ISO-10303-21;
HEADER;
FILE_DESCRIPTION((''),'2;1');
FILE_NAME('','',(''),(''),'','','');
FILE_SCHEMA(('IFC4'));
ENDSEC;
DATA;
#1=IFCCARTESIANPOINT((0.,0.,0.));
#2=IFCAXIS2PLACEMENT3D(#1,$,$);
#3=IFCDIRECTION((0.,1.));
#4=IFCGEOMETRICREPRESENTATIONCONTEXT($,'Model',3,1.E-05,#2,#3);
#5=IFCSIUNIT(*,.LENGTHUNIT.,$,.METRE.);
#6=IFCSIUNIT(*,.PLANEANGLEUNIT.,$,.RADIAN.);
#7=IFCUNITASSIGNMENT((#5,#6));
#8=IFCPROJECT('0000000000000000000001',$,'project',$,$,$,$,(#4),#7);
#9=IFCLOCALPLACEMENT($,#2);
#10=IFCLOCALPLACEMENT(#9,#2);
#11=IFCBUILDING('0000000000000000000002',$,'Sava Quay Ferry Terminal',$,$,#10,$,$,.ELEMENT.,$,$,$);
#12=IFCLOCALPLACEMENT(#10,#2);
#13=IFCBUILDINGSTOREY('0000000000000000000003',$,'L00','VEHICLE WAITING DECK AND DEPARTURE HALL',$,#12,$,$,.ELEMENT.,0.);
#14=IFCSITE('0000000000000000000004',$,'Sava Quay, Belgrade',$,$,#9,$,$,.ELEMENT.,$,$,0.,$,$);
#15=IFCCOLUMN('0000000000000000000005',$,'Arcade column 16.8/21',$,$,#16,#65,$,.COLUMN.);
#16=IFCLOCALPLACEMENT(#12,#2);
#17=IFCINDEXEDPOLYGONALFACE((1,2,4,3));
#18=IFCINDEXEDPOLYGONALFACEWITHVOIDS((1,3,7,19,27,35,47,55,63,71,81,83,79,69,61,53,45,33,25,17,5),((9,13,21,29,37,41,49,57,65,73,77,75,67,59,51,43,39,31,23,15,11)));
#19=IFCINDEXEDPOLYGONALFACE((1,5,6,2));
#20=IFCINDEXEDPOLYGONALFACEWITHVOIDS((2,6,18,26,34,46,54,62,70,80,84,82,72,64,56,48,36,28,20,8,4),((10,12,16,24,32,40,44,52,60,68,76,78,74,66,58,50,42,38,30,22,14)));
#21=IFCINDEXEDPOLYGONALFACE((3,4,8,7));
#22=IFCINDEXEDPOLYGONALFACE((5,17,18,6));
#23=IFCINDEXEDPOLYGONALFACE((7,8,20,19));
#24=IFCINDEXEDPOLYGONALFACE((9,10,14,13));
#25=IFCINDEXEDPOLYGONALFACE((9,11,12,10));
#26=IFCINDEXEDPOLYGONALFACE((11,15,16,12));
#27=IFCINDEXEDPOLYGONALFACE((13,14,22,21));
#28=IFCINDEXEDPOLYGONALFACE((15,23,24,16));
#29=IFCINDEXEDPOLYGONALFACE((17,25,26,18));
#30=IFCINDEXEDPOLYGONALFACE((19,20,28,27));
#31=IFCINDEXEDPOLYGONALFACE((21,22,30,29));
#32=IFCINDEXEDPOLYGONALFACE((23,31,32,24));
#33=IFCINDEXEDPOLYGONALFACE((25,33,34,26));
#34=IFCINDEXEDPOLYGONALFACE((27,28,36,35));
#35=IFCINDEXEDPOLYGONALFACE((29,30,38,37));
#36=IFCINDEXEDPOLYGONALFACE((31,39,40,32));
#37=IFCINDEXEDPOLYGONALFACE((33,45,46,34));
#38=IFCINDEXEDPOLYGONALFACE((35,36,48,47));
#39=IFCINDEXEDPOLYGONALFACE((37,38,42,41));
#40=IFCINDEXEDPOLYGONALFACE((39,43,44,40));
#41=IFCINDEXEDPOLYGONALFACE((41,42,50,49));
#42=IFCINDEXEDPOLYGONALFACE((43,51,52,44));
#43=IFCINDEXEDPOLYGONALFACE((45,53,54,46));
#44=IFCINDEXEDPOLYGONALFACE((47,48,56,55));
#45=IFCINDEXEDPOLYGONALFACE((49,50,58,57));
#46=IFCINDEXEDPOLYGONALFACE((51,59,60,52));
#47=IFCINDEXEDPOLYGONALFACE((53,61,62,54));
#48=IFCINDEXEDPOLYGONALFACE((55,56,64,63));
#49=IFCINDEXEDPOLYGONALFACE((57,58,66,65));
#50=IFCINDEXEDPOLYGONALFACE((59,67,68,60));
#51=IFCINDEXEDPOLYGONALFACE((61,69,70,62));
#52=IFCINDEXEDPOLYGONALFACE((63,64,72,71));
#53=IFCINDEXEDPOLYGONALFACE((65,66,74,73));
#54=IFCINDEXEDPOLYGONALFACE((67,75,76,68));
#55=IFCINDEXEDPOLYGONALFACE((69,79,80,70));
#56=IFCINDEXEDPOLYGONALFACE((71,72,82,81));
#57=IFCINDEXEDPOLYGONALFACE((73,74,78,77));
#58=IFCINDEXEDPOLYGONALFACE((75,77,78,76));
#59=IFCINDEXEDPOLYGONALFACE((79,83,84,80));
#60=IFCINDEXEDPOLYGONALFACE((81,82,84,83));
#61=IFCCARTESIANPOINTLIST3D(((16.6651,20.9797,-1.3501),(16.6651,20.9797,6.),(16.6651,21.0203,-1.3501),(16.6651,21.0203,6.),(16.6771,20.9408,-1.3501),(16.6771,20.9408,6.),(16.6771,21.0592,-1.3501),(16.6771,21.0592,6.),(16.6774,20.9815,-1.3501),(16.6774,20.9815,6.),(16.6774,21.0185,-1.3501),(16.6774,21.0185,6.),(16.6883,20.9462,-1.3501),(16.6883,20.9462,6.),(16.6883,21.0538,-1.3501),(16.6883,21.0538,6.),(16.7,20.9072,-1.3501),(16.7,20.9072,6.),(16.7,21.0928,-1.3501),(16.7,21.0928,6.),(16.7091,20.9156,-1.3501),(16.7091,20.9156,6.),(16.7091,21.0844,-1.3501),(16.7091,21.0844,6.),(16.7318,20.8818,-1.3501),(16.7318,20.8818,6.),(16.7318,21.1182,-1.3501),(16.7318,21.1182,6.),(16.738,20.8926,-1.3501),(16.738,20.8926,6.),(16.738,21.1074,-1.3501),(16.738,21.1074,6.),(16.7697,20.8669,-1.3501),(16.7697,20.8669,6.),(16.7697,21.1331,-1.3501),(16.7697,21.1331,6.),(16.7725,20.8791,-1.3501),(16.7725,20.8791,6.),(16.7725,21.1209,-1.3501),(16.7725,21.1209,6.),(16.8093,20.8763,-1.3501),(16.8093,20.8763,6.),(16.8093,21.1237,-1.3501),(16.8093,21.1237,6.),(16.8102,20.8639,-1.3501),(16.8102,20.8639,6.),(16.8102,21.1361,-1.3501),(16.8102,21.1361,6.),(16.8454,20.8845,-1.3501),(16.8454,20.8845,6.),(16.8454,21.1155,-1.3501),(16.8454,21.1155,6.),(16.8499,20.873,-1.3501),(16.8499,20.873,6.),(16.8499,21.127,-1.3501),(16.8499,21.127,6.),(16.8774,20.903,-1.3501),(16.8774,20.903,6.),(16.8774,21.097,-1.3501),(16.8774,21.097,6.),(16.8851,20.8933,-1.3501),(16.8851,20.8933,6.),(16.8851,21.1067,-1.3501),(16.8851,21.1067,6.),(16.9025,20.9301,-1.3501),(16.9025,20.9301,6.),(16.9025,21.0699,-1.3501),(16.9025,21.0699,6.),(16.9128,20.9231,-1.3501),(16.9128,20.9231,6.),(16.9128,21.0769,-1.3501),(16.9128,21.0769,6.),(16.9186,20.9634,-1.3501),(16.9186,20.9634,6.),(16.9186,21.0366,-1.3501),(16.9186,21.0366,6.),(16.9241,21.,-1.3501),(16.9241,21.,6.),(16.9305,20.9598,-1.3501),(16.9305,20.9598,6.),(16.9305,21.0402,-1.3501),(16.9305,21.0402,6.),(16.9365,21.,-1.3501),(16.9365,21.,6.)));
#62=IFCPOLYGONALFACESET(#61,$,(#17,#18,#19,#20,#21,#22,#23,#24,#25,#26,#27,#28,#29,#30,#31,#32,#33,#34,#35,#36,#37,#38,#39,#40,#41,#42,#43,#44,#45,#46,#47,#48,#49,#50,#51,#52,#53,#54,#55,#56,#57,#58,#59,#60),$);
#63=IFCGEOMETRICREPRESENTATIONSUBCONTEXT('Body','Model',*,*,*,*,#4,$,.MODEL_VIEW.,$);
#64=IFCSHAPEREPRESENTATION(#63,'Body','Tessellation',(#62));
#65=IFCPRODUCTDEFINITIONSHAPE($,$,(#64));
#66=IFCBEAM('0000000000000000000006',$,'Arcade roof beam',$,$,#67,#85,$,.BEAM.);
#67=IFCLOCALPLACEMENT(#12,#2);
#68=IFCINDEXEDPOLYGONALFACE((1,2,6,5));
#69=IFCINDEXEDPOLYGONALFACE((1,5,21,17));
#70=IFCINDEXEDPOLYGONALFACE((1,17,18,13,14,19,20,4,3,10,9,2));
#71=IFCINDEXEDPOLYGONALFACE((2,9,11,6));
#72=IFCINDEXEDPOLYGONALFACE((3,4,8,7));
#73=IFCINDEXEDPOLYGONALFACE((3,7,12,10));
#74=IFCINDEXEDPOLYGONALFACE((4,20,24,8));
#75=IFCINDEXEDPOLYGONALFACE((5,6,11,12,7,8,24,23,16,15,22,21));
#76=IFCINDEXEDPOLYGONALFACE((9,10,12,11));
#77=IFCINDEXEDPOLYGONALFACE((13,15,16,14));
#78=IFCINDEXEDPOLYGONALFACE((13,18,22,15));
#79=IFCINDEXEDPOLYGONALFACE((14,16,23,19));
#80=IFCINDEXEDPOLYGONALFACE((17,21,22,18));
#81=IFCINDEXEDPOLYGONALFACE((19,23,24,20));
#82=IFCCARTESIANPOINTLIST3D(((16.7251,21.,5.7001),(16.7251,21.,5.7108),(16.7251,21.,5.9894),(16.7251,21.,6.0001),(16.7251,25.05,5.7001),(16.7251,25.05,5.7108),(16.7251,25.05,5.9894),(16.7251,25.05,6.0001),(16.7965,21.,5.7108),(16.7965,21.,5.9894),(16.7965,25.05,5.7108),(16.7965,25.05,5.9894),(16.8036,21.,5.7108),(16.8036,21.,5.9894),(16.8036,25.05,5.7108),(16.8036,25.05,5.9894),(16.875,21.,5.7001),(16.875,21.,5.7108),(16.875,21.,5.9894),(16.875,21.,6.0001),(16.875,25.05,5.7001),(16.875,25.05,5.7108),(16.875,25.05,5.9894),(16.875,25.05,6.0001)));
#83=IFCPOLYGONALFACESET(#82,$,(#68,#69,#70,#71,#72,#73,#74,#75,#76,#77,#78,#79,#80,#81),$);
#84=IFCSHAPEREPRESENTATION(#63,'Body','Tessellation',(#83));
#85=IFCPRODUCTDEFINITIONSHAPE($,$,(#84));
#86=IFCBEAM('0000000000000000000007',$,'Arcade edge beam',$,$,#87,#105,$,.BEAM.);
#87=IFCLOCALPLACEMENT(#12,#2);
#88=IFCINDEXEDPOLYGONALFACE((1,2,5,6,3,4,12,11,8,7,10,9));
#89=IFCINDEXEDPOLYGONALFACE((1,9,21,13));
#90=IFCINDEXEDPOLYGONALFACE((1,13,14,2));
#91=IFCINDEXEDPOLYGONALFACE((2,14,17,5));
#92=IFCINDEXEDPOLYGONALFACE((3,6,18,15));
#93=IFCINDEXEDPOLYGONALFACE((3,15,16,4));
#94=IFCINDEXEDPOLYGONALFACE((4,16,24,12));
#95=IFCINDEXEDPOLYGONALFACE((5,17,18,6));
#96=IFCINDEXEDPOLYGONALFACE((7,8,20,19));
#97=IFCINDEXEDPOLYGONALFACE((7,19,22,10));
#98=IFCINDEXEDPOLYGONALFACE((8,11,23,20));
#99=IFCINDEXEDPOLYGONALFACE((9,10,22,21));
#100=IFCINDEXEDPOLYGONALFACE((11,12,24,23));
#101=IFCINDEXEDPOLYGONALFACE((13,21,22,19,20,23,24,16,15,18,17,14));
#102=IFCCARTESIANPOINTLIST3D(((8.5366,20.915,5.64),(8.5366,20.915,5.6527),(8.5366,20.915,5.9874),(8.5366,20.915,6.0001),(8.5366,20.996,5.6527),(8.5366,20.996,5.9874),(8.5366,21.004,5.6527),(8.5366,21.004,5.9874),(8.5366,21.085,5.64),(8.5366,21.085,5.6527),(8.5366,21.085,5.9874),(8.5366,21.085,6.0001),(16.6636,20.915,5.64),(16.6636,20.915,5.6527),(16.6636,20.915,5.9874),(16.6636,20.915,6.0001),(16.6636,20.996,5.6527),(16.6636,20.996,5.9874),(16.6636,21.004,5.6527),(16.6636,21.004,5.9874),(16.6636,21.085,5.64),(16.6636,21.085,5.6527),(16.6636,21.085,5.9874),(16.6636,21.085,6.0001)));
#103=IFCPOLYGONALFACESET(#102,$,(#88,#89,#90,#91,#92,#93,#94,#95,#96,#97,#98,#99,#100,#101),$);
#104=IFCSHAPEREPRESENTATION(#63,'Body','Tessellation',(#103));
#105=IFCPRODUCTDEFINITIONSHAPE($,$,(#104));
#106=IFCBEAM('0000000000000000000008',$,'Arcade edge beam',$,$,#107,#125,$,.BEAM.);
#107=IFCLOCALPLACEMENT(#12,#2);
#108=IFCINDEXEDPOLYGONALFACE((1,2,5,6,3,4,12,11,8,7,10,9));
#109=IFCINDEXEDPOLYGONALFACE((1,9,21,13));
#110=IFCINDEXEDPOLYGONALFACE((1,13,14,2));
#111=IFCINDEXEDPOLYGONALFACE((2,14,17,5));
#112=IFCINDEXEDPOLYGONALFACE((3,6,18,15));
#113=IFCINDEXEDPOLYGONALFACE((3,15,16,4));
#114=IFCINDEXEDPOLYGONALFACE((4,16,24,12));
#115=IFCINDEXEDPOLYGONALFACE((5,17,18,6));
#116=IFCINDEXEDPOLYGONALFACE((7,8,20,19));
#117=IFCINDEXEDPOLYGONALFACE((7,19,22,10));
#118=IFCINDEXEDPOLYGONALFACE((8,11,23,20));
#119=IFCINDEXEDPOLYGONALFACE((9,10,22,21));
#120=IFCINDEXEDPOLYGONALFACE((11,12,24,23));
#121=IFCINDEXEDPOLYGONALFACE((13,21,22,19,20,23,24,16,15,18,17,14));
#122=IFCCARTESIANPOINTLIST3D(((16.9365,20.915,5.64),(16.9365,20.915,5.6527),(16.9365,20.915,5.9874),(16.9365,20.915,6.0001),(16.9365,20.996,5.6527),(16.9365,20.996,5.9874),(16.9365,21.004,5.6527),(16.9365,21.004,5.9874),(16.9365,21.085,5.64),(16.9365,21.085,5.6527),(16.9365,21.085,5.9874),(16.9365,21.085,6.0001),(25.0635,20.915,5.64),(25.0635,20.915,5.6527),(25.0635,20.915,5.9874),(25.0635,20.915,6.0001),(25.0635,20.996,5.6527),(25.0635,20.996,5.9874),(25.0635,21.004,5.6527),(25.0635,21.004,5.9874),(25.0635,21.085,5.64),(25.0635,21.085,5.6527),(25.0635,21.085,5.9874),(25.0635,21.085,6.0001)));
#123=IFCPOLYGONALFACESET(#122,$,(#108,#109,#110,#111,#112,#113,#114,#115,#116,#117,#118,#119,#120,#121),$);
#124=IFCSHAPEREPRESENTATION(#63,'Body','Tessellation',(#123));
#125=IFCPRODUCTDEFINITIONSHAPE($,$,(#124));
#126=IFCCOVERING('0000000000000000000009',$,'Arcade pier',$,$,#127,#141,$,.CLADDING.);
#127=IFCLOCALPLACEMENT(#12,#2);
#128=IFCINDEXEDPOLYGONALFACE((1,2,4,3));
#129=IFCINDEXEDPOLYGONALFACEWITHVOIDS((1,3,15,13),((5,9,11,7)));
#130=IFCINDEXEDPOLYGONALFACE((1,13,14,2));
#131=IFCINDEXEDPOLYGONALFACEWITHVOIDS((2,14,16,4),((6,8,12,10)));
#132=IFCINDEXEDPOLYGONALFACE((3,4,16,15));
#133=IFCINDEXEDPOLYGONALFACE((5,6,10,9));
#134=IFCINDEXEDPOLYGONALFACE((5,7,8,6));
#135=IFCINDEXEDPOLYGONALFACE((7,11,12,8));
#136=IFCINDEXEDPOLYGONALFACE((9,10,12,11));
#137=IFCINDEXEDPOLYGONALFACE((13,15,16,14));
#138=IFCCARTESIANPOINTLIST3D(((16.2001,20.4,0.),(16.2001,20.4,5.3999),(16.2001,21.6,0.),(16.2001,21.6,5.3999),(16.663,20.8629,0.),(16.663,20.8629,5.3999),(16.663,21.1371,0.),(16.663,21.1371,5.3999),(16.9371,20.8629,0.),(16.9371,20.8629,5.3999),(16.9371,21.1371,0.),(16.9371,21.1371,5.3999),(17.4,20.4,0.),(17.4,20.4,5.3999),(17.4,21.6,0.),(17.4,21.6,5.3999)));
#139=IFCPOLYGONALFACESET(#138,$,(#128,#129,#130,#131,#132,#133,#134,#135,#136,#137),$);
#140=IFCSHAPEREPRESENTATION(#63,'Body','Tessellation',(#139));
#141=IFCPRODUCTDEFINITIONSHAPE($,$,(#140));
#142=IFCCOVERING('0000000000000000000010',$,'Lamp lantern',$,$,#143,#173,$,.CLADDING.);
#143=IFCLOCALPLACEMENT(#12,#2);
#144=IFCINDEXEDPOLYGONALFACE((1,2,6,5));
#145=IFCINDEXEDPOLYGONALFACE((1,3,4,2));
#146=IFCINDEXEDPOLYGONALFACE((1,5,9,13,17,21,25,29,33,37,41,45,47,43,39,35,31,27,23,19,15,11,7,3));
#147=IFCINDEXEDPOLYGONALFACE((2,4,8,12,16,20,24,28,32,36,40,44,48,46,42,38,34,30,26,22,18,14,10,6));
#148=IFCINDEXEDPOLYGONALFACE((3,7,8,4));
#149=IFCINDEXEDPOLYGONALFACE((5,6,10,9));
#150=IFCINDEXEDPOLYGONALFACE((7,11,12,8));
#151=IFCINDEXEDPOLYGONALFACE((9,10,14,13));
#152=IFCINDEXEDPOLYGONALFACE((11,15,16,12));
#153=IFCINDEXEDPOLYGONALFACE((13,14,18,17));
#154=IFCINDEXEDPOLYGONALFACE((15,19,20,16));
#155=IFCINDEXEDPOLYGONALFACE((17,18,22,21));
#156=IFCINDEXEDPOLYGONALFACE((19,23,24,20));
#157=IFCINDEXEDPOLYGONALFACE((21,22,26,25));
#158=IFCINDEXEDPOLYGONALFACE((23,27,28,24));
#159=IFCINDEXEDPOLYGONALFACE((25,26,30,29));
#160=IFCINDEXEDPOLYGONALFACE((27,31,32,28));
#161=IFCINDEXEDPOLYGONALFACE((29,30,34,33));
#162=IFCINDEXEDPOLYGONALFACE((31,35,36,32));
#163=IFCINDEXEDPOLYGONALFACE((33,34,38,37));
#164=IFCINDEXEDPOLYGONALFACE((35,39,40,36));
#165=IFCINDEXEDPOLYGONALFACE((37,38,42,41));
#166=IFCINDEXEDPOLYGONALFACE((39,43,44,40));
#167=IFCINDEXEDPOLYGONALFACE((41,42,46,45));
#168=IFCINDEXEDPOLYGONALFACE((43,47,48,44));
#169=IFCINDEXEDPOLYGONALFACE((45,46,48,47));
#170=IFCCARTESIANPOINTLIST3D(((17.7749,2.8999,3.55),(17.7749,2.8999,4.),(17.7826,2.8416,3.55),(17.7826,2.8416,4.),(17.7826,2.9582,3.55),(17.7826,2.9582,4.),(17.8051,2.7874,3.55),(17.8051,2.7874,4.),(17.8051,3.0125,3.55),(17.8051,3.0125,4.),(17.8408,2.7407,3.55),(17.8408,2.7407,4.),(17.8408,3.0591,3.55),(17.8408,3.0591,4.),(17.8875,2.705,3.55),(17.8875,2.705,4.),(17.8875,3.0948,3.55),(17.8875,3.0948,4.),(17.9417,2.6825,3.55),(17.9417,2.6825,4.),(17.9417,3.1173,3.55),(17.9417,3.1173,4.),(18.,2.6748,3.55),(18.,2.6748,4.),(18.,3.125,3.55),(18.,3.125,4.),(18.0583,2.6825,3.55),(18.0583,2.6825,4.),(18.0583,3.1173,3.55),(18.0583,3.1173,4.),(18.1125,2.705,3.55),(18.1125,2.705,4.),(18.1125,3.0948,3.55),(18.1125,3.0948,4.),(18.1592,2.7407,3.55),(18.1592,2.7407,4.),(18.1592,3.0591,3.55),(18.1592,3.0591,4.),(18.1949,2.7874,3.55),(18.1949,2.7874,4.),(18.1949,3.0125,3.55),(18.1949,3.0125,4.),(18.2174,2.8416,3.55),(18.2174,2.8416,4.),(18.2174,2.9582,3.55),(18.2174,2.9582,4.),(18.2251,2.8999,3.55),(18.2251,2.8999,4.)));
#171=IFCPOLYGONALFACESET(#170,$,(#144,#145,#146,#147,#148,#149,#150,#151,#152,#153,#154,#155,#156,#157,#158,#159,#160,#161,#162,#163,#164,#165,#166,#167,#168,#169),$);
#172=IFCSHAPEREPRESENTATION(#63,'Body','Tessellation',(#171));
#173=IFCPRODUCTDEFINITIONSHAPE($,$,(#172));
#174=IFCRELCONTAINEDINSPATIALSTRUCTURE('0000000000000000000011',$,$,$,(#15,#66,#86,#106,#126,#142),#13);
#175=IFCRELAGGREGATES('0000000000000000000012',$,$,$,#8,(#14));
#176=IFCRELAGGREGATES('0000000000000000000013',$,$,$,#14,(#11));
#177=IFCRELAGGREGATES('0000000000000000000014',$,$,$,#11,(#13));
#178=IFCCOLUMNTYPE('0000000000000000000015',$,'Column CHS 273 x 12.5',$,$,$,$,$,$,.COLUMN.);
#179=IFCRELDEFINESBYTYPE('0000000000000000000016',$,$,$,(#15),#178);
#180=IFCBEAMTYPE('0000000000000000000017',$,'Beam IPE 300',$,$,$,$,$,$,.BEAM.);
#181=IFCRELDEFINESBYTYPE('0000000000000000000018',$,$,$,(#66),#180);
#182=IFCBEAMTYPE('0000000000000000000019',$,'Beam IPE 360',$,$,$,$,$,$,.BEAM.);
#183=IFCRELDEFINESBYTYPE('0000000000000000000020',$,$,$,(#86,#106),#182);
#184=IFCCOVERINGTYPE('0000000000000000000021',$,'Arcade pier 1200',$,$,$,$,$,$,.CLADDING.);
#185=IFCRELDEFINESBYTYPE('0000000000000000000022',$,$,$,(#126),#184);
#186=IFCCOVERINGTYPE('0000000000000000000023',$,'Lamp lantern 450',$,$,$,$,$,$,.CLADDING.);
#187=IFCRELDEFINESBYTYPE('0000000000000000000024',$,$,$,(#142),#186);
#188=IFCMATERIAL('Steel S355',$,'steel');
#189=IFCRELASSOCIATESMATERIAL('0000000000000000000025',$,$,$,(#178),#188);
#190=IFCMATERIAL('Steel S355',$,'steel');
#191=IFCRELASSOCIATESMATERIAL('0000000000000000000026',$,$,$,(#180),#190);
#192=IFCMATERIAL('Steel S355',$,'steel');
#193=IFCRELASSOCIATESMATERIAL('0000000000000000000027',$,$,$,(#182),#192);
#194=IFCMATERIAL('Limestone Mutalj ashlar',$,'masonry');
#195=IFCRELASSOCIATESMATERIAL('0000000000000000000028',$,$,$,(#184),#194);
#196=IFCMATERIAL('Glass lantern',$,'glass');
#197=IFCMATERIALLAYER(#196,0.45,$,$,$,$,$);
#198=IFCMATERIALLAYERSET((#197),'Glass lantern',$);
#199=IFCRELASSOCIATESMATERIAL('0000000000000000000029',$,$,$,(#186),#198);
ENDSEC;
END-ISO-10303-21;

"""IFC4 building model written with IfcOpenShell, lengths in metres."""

from ifc_helpers import new_model, si_unit, direction, frame, origin, origin_2d, place, context, subcontext, project, spatial, hollow_rectangle, circle, hollow_circle, i_section, extrude, material, layer, layer_set, material_profile, profile_set, type_object, element, save


model = new_model("IFC4")

# Units and contexts
model_context = context("Model", 3, precision=1e-05, world=origin(), true_north=direction((0.0, 1.0)))
body_context = subcontext(model_context, "Body", "Model", "MODEL_VIEW")
ifc_project = project(units=[si_unit("LENGTHUNIT", "METRE"), si_unit("PLANEANGLEUNIT", "RADIAN")], contexts=[model_context])

# Site, building, storey
site_placement = place(None, origin())
site = spatial("IfcSite", under=ifc_project, at=site_placement, Name="Sava Quay, Belgrade", CompositionType="ELEMENT", RefElevation=0.0)
building_placement = place(site_placement, origin())
building = spatial("IfcBuilding", under=site, at=building_placement, Name="Sava Quay Ferry Terminal", CompositionType="ELEMENT")
storey_placement = place(building_placement, origin())
storey = spatial("IfcBuildingStorey", under=building, at=storey_placement, Name="L00", Description="VEHICLE WAITING DECK AND DEPARTURE HALL", CompositionType="ELEMENT", Elevation=0.0)

# Column
ifc_material_1 = material(Name="Steel S355", Category="steel")
ifc_material_profile_1 = material_profile(ifc_material_1, hollow_circle(Radius=0.1365, WallThickness=0.0125, at=origin_2d()), Name="CHS 273 x 12.5")
ifc_profile_set_1 = profile_set([ifc_material_profile_1], Name="Steel S355")
column_type = type_object("IfcColumnType", Name="Column CHS 273 x 12.5", PredefinedType="COLUMN", material=ifc_profile_set_1)
column_placement = place(storey_placement, frame((16.8, 21.0, -1.3501), z_axis=(0.0, 0.0, 1.0), x_axis=(1.0, 0.0, 0.0)))
element("IfcColumn", 1, at=column_placement, inside=storey, type_object=column_type, Name="Arcade column 16.8/21", PredefinedType="COLUMN", context=body_context, shape_type="SweptSolid", body=[
    extrude(hollow_circle(Radius=0.1365, WallThickness=0.0125, at=origin_2d()), origin(), (0.0, 0.0, 1.0), 7.3501),
])

# Beams
ifc_material_2 = material(Name="Steel S355", Category="steel")
ifc_material_profile_2 = material_profile(ifc_material_2, i_section(OverallWidth=0.1499, OverallDepth=0.3, WebThickness=0.0071, FlangeThickness=0.0107, at=origin_2d()), Name="IPE 300")
ifc_profile_set_2 = profile_set([ifc_material_profile_2], Name="Steel S355")
beam_type_1 = type_object("IfcBeamType", Name="Beam IPE 300", PredefinedType="BEAM", material=ifc_profile_set_2)
beam_placement = place(storey_placement, frame((16.8, 21.0, 5.8501), z_axis=(0.0, 1.0, 0.0), x_axis=(-1.0, 0.0, 0.0)))
element("IfcBeam", 2, at=beam_placement, inside=storey, type_object=beam_type_1, Name="Arcade roof beam", PredefinedType="BEAM", context=body_context, shape_type="SweptSolid", body=[
    extrude(i_section(OverallWidth=0.1499, OverallDepth=0.3, WebThickness=0.0071, FlangeThickness=0.0107, at=origin_2d()), origin(), (0.0, 0.0, 1.0), 4.05),
])
ifc_material_3 = material(Name="Steel S355", Category="steel")
ifc_material_profile_3 = material_profile(ifc_material_3, i_section(OverallWidth=0.1699, OverallDepth=0.3601, WebThickness=0.0081, FlangeThickness=0.0127, at=origin_2d()), Name="IPE 360")
ifc_profile_set_3 = profile_set([ifc_material_profile_3], Name="Steel S355")
beam_type_2 = type_object("IfcBeamType", Name="Beam IPE 360", PredefinedType="BEAM", material=ifc_profile_set_3)
for number, where, z_axis, x_axis, name in (
    (3, (8.5366, 21.0, 5.8201), (1.0, 0.0, 0.0), (0.0, 1.0, 0.0), "Arcade edge beam"),
    (4, (16.9365, 21.0, 5.8201), (1.0, 0.0, 0.0), (0.0, 1.0, 0.0), "Arcade edge beam"),
):
    element("IfcBeam", number, at=place(storey_placement, frame(where, z_axis=z_axis, x_axis=x_axis)), inside=storey, type_object=beam_type_2, Name=name, PredefinedType="BEAM", context=body_context, shape_type="SweptSolid", body=[
        extrude(i_section(OverallWidth=0.1699, OverallDepth=0.3601, WebThickness=0.0081, FlangeThickness=0.0127, at=origin_2d()), origin(), (0.0, 0.0, 1.0), 8.127),
    ])

# Coverings
ifc_material_4 = material(Name="Limestone Mutalj ashlar", Category="masonry")
ifc_material_profile_4 = material_profile(ifc_material_4, hollow_rectangle(XDim=1.2, YDim=1.2, WallThickness=0.4629, at=origin_2d()), Name="Arcade pier 1200")
ifc_profile_set_4 = profile_set([ifc_material_profile_4], Name="Limestone Mutalj ashlar")
covering_type_1 = type_object("IfcCoveringType", Name="Arcade pier 1200", PredefinedType="CLADDING", material=ifc_profile_set_4)
covering_1_placement = place(storey_placement, frame((16.8, 21.0, 0.0), z_axis=(0.0, 0.0, 1.0), x_axis=(1.0, 0.0, 0.0)))
element("IfcCovering", 5, at=covering_1_placement, inside=storey, type_object=covering_type_1, Name="Arcade pier", PredefinedType="CLADDING", context=body_context, shape_type="SweptSolid", body=[
    extrude(hollow_rectangle(XDim=1.2, YDim=1.2, WallThickness=0.4629, at=origin_2d()), origin(), (0.0, 0.0, 1.0), 5.3999),
])
ifc_material_5 = material(Name="Glass lantern", Category="glass")
ifc_layer_1 = layer(ifc_material_5, 0.45)
ifc_layer_set_1 = layer_set([ifc_layer_1], Name="Glass lantern")
covering_type_2 = type_object("IfcCoveringType", Name="Lamp lantern 450", PredefinedType="CLADDING", material=ifc_layer_set_1)
for number, where, z_axis, x_axis, name in (
    (6, (18.0, 2.8999, 4.0), (0.0, 0.0, -1.0), (1.0, 0.0, 0.0), "Lamp lantern"),
):
    element("IfcCovering", number, at=place(storey_placement, frame(where, z_axis=z_axis, x_axis=x_axis)), inside=storey, type_object=covering_type_2, Name=name, PredefinedType="CLADDING", context=body_context, shape_type="SweptSolid", body=[
        extrude(circle(Radius=0.2251, at=origin_2d()), origin(), (0.0, 0.0, 1.0), 0.45),
    ])

save(model, "model.ifc")
